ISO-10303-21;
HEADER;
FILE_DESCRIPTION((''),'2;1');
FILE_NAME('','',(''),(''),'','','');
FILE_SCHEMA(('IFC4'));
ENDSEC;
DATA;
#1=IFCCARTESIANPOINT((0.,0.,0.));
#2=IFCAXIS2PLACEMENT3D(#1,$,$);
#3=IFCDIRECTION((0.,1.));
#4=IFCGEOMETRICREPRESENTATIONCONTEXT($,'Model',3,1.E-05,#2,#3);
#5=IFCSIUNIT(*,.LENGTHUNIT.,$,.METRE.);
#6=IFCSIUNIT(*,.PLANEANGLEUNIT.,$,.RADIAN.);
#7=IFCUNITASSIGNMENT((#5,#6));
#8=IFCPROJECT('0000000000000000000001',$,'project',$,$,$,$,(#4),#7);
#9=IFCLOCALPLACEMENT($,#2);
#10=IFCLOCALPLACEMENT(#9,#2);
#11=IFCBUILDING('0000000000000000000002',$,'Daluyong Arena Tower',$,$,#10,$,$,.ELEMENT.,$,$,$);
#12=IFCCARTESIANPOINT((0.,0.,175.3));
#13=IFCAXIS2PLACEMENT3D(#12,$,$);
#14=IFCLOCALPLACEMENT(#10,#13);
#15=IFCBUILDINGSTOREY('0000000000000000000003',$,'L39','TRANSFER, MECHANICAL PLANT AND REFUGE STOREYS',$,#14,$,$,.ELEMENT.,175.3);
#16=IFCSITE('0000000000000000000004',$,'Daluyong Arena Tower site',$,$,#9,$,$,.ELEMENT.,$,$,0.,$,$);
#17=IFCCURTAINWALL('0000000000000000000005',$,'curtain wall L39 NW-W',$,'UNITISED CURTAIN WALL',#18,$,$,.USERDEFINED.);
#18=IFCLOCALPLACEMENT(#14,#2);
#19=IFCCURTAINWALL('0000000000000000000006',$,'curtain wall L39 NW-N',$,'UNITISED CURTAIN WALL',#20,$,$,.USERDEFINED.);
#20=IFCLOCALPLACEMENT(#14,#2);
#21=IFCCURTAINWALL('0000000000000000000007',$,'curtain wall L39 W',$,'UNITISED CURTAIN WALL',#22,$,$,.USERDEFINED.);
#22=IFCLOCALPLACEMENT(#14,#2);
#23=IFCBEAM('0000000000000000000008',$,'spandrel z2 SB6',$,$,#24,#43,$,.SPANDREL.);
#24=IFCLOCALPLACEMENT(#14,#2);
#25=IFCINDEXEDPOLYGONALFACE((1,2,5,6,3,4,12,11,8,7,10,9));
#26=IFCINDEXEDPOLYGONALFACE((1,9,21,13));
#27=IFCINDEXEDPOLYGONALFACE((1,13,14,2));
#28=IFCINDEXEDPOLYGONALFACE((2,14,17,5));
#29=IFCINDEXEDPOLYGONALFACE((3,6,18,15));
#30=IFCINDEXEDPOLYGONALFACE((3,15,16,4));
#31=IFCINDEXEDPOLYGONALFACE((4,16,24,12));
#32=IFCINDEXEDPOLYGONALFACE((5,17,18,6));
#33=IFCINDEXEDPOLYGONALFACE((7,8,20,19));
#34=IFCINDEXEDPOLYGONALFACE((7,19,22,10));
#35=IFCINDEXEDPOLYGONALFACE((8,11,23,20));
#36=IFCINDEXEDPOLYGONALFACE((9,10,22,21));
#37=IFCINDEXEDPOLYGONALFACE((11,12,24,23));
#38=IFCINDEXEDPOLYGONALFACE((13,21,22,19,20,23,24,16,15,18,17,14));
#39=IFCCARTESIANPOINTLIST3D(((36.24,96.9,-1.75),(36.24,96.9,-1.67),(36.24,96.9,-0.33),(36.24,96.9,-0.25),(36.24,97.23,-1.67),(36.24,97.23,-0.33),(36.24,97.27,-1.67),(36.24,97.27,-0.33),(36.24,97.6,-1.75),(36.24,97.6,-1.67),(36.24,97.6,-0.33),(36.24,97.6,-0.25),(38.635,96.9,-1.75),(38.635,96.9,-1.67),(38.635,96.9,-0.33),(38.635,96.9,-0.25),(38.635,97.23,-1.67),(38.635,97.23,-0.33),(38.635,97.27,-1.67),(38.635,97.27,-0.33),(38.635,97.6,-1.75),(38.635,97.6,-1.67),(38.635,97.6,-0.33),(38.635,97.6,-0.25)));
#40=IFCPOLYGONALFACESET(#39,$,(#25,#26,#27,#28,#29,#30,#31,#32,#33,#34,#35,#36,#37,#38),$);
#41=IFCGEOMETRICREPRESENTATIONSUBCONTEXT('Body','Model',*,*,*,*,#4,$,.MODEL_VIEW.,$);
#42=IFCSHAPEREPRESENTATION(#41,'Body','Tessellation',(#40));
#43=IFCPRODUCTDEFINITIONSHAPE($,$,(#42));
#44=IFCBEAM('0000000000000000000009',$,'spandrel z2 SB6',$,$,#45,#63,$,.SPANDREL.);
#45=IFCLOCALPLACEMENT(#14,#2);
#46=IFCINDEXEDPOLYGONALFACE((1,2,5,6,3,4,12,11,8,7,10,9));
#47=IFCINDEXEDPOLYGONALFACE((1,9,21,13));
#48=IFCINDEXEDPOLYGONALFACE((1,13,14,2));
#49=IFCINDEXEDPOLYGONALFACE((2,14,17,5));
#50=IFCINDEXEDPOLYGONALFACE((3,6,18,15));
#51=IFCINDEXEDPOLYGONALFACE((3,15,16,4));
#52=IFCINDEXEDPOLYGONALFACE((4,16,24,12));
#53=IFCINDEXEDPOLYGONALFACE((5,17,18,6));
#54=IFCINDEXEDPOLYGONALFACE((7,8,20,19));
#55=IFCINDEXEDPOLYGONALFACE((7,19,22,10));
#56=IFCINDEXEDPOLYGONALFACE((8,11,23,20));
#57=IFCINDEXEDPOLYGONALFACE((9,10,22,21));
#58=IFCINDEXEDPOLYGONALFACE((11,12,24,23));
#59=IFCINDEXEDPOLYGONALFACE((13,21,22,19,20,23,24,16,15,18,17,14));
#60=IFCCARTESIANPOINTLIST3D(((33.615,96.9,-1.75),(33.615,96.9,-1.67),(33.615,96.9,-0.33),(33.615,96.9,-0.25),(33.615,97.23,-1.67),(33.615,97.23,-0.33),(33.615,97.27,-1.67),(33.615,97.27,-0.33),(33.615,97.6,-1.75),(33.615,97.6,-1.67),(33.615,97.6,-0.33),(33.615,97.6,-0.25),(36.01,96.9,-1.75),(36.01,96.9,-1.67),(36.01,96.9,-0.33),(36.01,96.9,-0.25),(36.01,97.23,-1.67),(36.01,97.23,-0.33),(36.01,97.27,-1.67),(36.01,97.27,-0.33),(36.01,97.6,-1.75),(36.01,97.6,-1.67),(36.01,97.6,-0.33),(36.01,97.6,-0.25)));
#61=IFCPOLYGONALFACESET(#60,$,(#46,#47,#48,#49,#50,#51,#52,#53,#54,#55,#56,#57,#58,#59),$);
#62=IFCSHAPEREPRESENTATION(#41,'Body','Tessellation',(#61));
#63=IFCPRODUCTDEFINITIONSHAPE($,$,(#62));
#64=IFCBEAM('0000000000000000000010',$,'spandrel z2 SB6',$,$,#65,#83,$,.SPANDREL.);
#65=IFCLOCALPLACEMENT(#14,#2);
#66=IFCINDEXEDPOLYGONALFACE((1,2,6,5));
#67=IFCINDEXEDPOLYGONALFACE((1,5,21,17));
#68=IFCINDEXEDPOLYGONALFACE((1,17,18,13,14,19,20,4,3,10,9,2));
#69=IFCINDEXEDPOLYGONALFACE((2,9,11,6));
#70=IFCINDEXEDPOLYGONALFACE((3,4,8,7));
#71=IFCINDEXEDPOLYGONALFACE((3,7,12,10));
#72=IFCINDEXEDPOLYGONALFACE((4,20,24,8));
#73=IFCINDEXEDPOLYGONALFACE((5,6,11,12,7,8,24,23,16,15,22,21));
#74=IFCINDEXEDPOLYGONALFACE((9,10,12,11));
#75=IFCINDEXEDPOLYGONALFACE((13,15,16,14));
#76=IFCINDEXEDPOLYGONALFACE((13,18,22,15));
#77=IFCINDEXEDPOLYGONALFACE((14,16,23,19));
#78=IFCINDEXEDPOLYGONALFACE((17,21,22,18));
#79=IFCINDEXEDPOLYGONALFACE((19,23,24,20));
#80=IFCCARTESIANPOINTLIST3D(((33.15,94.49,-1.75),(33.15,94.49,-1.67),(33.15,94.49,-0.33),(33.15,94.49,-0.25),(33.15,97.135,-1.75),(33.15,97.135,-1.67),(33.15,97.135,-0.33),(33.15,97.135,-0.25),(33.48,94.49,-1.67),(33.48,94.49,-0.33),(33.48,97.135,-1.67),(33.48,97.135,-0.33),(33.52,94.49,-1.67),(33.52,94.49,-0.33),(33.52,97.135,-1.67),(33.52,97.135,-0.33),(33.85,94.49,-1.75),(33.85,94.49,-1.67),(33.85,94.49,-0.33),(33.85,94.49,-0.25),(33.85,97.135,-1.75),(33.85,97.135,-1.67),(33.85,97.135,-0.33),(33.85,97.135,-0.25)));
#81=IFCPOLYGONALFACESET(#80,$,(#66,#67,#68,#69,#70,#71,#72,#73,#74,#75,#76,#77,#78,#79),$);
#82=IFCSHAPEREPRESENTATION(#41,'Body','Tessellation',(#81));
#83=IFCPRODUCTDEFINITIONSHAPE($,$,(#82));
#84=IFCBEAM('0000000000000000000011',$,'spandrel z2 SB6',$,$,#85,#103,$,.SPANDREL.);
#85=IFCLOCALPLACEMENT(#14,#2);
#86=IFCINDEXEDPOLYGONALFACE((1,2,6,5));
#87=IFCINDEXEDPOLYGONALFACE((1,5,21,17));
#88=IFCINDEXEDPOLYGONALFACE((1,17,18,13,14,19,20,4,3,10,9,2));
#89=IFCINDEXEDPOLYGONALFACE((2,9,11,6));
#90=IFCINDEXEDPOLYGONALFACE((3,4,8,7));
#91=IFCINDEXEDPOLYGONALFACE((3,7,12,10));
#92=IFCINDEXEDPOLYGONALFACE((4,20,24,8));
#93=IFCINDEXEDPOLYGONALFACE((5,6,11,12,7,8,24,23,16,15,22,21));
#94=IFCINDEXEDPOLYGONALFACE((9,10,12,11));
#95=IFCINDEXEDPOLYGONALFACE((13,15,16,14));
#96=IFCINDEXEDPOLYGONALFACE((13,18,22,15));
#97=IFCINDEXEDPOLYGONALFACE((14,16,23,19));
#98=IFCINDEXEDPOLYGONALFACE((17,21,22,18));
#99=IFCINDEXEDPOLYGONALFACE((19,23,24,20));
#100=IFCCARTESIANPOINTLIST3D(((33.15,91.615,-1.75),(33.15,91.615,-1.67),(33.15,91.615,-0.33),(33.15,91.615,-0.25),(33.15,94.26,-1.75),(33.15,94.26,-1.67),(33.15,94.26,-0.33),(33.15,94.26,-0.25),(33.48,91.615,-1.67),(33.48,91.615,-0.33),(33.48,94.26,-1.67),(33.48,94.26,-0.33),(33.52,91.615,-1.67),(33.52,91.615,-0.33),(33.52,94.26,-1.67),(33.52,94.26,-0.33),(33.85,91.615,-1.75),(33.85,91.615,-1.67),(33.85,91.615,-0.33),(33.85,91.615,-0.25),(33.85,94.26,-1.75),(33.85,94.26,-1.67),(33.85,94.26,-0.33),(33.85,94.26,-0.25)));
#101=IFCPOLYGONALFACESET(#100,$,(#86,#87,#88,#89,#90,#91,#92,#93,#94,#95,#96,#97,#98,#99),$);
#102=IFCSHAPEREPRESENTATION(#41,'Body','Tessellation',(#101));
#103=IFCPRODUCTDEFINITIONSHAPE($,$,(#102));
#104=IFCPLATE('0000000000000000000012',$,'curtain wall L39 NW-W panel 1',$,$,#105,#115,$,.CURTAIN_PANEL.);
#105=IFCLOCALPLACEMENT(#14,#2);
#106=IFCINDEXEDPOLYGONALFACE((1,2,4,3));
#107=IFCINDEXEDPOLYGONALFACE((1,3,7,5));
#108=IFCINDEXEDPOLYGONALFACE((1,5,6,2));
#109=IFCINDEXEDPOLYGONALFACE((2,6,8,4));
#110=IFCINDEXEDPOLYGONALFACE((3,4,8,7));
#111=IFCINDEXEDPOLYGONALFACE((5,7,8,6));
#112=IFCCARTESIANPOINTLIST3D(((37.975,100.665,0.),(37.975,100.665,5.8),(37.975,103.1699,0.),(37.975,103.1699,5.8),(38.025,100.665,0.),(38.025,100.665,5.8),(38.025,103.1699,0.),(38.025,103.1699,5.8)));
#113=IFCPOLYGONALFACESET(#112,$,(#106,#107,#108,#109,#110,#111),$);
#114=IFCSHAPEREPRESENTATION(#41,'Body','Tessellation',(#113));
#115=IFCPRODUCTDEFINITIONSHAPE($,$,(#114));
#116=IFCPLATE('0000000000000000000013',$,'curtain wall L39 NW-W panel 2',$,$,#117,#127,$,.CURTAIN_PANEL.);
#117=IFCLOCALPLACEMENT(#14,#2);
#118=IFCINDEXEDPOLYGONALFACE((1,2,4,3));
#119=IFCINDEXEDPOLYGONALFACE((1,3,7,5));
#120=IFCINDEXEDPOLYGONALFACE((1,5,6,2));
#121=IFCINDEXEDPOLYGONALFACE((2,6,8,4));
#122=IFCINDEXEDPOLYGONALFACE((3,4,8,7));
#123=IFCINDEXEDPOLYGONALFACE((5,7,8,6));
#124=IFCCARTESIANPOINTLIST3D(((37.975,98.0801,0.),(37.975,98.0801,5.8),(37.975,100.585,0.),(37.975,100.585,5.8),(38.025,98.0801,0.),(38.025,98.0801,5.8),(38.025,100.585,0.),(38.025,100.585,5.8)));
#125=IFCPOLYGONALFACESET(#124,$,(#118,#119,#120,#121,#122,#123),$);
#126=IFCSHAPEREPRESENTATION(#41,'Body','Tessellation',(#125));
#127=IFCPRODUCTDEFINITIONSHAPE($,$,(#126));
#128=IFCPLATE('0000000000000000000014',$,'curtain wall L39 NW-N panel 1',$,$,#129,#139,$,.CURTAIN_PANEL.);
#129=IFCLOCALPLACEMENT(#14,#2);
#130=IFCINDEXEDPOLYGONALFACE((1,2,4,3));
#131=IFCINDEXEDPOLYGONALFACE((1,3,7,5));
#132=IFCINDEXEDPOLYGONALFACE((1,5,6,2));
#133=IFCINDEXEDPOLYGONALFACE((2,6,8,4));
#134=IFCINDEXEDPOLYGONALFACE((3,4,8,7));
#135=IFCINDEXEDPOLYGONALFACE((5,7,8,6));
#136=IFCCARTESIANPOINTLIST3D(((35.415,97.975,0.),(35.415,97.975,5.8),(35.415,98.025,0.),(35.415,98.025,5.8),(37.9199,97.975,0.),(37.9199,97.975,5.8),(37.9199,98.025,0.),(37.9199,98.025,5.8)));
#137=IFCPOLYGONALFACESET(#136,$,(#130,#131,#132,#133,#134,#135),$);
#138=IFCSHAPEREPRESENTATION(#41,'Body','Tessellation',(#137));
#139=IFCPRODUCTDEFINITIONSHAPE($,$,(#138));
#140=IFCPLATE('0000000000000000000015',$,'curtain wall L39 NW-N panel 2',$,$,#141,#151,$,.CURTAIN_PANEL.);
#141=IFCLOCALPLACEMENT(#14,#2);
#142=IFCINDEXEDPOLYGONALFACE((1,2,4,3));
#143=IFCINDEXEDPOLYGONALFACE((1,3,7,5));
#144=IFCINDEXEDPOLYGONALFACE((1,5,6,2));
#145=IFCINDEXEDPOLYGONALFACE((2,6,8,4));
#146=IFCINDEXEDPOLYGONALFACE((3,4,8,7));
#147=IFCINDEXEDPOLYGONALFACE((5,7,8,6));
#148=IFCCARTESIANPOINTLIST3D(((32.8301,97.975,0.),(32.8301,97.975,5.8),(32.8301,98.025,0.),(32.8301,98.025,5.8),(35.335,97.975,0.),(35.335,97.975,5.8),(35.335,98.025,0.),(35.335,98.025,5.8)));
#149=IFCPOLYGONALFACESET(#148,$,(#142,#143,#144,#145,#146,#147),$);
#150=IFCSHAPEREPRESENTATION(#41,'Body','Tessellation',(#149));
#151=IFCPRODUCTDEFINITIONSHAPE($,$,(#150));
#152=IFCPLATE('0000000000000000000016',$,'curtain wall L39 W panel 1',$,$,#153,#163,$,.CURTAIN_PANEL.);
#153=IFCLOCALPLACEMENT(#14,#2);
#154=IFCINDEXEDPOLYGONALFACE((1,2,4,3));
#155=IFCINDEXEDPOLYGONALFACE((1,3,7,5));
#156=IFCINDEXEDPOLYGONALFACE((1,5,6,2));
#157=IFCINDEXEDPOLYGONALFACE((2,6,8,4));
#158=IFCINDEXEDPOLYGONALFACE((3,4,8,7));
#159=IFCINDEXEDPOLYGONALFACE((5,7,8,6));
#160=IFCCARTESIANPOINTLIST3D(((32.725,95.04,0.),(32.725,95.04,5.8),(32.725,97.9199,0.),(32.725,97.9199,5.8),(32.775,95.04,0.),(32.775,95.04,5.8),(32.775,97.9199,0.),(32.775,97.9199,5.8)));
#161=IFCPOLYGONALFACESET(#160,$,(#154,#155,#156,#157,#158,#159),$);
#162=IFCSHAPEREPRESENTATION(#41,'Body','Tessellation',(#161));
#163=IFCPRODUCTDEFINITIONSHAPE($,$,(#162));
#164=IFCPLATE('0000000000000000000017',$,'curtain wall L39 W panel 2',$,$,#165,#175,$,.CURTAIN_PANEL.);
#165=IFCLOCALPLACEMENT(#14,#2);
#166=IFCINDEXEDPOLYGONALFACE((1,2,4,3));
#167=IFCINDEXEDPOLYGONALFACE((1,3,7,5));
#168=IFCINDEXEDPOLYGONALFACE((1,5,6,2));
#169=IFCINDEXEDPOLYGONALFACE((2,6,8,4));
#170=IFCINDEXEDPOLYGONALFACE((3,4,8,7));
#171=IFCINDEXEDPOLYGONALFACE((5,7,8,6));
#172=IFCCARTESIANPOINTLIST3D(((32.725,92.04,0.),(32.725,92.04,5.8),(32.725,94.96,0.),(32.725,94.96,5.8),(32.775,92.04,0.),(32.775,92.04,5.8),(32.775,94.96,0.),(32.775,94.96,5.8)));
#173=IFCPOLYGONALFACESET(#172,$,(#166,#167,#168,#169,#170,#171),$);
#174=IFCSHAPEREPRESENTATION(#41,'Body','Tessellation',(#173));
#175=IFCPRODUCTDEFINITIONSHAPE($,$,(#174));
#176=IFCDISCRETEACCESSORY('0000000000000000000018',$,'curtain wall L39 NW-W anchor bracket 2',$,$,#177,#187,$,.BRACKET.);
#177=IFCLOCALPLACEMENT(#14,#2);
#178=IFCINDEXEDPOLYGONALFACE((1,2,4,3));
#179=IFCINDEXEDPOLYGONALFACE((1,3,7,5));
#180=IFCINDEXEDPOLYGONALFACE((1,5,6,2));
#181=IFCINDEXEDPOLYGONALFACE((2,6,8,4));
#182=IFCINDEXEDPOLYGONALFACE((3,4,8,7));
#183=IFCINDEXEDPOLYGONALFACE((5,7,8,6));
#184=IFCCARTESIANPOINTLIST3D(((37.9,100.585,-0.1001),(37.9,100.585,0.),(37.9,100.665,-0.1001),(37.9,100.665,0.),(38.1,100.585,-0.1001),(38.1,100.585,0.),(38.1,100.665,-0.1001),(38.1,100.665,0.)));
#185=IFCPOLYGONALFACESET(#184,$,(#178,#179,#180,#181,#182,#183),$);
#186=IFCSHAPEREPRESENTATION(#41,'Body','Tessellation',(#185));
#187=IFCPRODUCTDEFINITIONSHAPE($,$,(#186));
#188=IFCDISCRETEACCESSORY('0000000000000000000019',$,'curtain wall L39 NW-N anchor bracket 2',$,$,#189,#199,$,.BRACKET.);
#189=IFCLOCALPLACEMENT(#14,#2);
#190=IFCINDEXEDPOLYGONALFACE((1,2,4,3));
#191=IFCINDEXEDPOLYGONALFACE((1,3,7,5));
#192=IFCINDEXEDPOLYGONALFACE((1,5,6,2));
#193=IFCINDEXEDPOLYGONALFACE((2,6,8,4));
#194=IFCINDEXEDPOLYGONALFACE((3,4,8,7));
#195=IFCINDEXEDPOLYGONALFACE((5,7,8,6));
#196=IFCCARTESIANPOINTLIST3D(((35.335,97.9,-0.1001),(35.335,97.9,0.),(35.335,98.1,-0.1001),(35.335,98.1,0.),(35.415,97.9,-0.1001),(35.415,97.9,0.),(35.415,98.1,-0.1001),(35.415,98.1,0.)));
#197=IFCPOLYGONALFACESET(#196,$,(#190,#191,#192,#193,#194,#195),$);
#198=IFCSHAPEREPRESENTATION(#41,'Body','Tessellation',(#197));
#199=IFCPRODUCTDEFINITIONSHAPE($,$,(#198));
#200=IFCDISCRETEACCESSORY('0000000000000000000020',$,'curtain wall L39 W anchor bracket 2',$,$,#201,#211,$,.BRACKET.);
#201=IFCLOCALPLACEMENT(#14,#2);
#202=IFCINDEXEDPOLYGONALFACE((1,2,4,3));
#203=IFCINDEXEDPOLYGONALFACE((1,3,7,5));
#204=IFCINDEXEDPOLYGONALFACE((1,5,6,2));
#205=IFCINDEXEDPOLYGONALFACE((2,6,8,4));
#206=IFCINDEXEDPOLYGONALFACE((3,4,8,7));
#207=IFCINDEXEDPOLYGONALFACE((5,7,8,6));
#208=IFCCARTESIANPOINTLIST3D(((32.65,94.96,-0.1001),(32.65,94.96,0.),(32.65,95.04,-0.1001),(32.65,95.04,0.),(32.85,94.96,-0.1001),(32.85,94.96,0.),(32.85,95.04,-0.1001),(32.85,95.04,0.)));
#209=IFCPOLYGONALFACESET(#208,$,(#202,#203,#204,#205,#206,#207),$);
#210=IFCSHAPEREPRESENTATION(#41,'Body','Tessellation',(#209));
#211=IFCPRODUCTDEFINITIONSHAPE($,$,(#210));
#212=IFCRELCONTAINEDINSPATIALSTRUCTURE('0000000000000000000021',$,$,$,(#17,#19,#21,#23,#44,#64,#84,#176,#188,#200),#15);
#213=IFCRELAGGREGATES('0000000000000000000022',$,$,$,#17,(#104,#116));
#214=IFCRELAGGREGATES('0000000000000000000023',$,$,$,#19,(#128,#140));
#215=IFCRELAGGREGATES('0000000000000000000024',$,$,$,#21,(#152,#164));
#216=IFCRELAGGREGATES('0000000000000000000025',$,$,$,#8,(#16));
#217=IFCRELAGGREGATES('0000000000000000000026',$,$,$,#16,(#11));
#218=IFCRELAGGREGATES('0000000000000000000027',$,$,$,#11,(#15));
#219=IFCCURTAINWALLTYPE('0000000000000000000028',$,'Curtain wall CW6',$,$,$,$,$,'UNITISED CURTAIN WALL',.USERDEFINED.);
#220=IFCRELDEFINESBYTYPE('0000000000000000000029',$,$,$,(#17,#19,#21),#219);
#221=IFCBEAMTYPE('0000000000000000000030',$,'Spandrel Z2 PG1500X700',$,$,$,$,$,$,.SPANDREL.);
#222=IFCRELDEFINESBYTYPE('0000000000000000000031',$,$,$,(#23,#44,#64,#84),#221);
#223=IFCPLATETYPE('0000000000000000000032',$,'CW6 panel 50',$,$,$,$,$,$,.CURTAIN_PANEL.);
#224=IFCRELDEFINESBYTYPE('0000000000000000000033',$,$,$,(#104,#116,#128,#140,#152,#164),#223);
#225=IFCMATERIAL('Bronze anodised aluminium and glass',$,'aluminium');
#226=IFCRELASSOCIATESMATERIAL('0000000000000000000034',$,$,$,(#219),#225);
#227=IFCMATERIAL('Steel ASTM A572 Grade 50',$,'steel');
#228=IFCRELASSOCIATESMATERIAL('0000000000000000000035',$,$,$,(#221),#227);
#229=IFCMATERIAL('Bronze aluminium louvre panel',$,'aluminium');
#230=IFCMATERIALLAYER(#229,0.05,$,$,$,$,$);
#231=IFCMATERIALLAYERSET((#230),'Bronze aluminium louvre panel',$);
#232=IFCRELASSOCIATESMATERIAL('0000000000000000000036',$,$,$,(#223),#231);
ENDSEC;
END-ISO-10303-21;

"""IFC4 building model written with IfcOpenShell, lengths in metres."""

from ifc_helpers import new_model, si_unit, direction, frame, origin, origin_2d, place, context, subcontext, project, spatial, rectangle, i_section, extrude, material, layer, layer_set, material_profile, profile_set, type_object, element, aggregate, save


model = new_model("IFC4")

# Units and contexts
model_context = context("Model", 3, precision=1e-05, world=origin(), true_north=direction((0.0, 1.0)))
body_context = subcontext(model_context, "Body", "Model", "MODEL_VIEW")
ifc_project = project(units=[si_unit("LENGTHUNIT", "METRE"), si_unit("PLANEANGLEUNIT", "RADIAN")], contexts=[model_context])

# Site, building, storey
site_placement = place(None, origin())
site = spatial("IfcSite", under=ifc_project, at=site_placement, Name="Daluyong Arena Tower site", CompositionType="ELEMENT", RefElevation=0.0)
building_placement = place(site_placement, origin())
building = spatial("IfcBuilding", under=site, at=building_placement, Name="Daluyong Arena Tower", CompositionType="ELEMENT")
storey_placement = place(building_placement, frame((0.0, 0.0, 175.3)))
storey = spatial("IfcBuildingStorey", under=building, at=storey_placement, Name="L39", Description="TRANSFER, MECHANICAL PLANT AND REFUGE STOREYS", CompositionType="ELEMENT", Elevation=175.3)

# Shared definitions
ifc_material_1 = material(Name="Bronze anodised aluminium and glass", Category="aluminium")
curtain_wall_type = type_object("IfcCurtainWallType", Name="Curtain wall CW6", ElementType="UNITISED CURTAIN WALL", PredefinedType="USERDEFINED", material=ifc_material_1)

# Curtain walls
curtain_wall_1_placement = place(storey_placement, origin())
curtain_wall_1 = element("IfcCurtainWall", 1, at=curtain_wall_1_placement, inside=storey, type_object=curtain_wall_type, Name="curtain wall L39 NW-W", ObjectType="UNITISED CURTAIN WALL", PredefinedType="USERDEFINED")
curtain_wall_2_placement = place(storey_placement, origin())
curtain_wall_2 = element("IfcCurtainWall", 2, at=curtain_wall_2_placement, inside=storey, type_object=curtain_wall_type, Name="curtain wall L39 NW-N", ObjectType="UNITISED CURTAIN WALL", PredefinedType="USERDEFINED")
curtain_wall_3_placement = place(storey_placement, origin())
curtain_wall_3 = element("IfcCurtainWall", 3, at=curtain_wall_3_placement, inside=storey, type_object=curtain_wall_type, Name="curtain wall L39 W", ObjectType="UNITISED CURTAIN WALL", PredefinedType="USERDEFINED")

# Beams
ifc_material_2 = material(Name="Steel ASTM A572 Grade 50", Category="steel")
ifc_material_profile_1 = material_profile(ifc_material_2, i_section(OverallWidth=0.7, OverallDepth=1.5, WebThickness=0.04, FlangeThickness=0.08, at=origin_2d()))
ifc_profile_set_1 = profile_set([ifc_material_profile_1], Name="Steel ASTM A572 Grade 50")
beam_type_1 = type_object("IfcBeamType", Name="Spandrel Z2 PG1500X700", PredefinedType="SPANDREL", material=ifc_profile_set_1)
for number, where, z_axis, x_axis, name in (
    (4, (38.635, 97.25, -1.0), (-1.0, 0.0, 0.0), (0.0, -1.0, 0.0), "spandrel z2 SB6"),
    (5, (36.01, 97.25, -1.0), (-1.0, 0.0, 0.0), (0.0, -1.0, 0.0), "spandrel z2 SB6"),
):
    element("IfcBeam", number, at=place(storey_placement, frame(where, z_axis=z_axis, x_axis=x_axis)), inside=storey, type_object=beam_type_1, Name=name, PredefinedType="SPANDREL", context=body_context, shape_type="SweptSolid", body=[
        extrude(i_section(OverallWidth=0.7, OverallDepth=1.5, WebThickness=0.04, FlangeThickness=0.08, at=origin_2d()), origin(), (0.0, 0.0, 1.0), 2.395),
    ])
for number, where, z_axis, x_axis, name in (
    (6, (33.5, 97.135, -1.0), (0.0, -1.0, 0.0), (1.0, 0.0, 0.0), "spandrel z2 SB6"),
    (7, (33.5, 94.26, -1.0), (0.0, -1.0, 0.0), (1.0, 0.0, 0.0), "spandrel z2 SB6"),
):
    element("IfcBeam", number, at=place(storey_placement, frame(where, z_axis=z_axis, x_axis=x_axis)), inside=storey, type_object=beam_type_1, Name=name, PredefinedType="SPANDREL", context=body_context, shape_type="SweptSolid", body=[
        extrude(i_section(OverallWidth=0.7, OverallDepth=1.5, WebThickness=0.04, FlangeThickness=0.08, at=origin_2d()), origin(), (0.0, 0.0, 1.0), 2.645),
    ])

# Plates
ifc_material_3 = material(Name="Bronze aluminium louvre panel", Category="aluminium")
ifc_layer = layer(ifc_material_3, 0.05)
ifc_layer_set = layer_set([ifc_layer], Name="Bronze aluminium louvre panel")
plate_type = type_object("IfcPlateType", Name="CW6 panel 50", PredefinedType="CURTAIN_PANEL", material=ifc_layer_set)
plate_1_placement = place(storey_placement, frame((38.0, 101.9175, 0.0), z_axis=(0.0, 0.0, 1.0), x_axis=(0.0, -1.0, 0.0)))
plate_1 = element("IfcPlate", 8, at=plate_1_placement, type_object=plate_type, Name="curtain wall L39 NW-W panel 1", PredefinedType="CURTAIN_PANEL", context=body_context, shape_type="SweptSolid", body=[
    extrude(rectangle(XDim=2.5049, YDim=0.05, at=origin_2d()), origin(), (0.0, 0.0, 1.0), 5.8),
])
plate_2_placement = place(storey_placement, frame((38.0, 99.3325, 0.0), z_axis=(0.0, 0.0, 1.0), x_axis=(0.0, -1.0, 0.0)))
plate_2 = element("IfcPlate", 9, at=plate_2_placement, type_object=plate_type, Name="curtain wall L39 NW-W panel 2", PredefinedType="CURTAIN_PANEL", context=body_context, shape_type="SweptSolid", body=[
    extrude(rectangle(XDim=2.5049, YDim=0.05, at=origin_2d()), origin(), (0.0, 0.0, 1.0), 5.8),
])
aggregate(curtain_wall_1, [plate_1, plate_2])
plate_3_placement = place(storey_placement, frame((36.6675, 98.0, 0.0), z_axis=(0.0, 0.0, 1.0), x_axis=(-1.0, 0.0, 0.0)))
plate_3 = element("IfcPlate", 10, at=plate_3_placement, type_object=plate_type, Name="curtain wall L39 NW-N panel 1", PredefinedType="CURTAIN_PANEL", context=body_context, shape_type="SweptSolid", body=[
    extrude(rectangle(XDim=2.5049, YDim=0.05, at=origin_2d()), origin(), (0.0, 0.0, 1.0), 5.8),
])
plate_4_placement = place(storey_placement, frame((34.0825, 98.0, 0.0), z_axis=(0.0, 0.0, 1.0), x_axis=(-1.0, 0.0, 0.0)))
plate_4 = element("IfcPlate", 11, at=plate_4_placement, type_object=plate_type, Name="curtain wall L39 NW-N panel 2", PredefinedType="CURTAIN_PANEL", context=body_context, shape_type="SweptSolid", body=[
    extrude(rectangle(XDim=2.5049, YDim=0.05, at=origin_2d()), origin(), (0.0, 0.0, 1.0), 5.8),
])
aggregate(curtain_wall_2, [plate_3, plate_4])
plate_5_placement = place(storey_placement, frame((32.75, 96.48, 0.0), z_axis=(0.0, 0.0, 1.0), x_axis=(0.0, -1.0, 0.0)))
plate_5 = element("IfcPlate", 12, at=plate_5_placement, type_object=plate_type, Name="curtain wall L39 W panel 1", PredefinedType="CURTAIN_PANEL", context=body_context, shape_type="SweptSolid", body=[
    extrude(rectangle(XDim=2.8799, YDim=0.05, at=origin_2d()), origin(), (0.0, 0.0, 1.0), 5.8),
])
plate_6_placement = place(storey_placement, frame((32.75, 93.5, 0.0), z_axis=(0.0, 0.0, 1.0), x_axis=(0.0, -1.0, 0.0)))
plate_6 = element("IfcPlate", 13, at=plate_6_placement, type_object=plate_type, Name="curtain wall L39 W panel 2", PredefinedType="CURTAIN_PANEL", context=body_context, shape_type="SweptSolid", body=[
    extrude(rectangle(XDim=2.9199, YDim=0.05, at=origin_2d()), origin(), (0.0, 0.0, 1.0), 5.8),
])
aggregate(curtain_wall_3, [plate_5, plate_6])

# Discrete accessories
for number, where, z_axis, x_axis, name in (
    (14, (38.0, 100.625, -0.1001), (0.0, 0.0, 1.0), (0.0, -1.0, 0.0), "curtain wall L39 NW-W anchor bracket 2"),
    (15, (35.375, 98.0, -0.1001), (0.0, 0.0, 1.0), (-1.0, 0.0, 0.0), "curtain wall L39 NW-N anchor bracket 2"),
    (16, (32.75, 95.0, -0.1001), (0.0, 0.0, 1.0), (0.0, -1.0, 0.0), "curtain wall L39 W anchor bracket 2"),
):
    element("IfcDiscreteAccessory", number, at=place(storey_placement, frame(where, z_axis=z_axis, x_axis=x_axis)), inside=storey, Name=name, PredefinedType="BRACKET", context=body_context, shape_type="SweptSolid", body=[
        extrude(rectangle(XDim=0.0801, YDim=0.2, at=origin_2d()), origin(), (0.0, 0.0, 1.0), 0.1001),
    ])

save(model, "model.ifc")
